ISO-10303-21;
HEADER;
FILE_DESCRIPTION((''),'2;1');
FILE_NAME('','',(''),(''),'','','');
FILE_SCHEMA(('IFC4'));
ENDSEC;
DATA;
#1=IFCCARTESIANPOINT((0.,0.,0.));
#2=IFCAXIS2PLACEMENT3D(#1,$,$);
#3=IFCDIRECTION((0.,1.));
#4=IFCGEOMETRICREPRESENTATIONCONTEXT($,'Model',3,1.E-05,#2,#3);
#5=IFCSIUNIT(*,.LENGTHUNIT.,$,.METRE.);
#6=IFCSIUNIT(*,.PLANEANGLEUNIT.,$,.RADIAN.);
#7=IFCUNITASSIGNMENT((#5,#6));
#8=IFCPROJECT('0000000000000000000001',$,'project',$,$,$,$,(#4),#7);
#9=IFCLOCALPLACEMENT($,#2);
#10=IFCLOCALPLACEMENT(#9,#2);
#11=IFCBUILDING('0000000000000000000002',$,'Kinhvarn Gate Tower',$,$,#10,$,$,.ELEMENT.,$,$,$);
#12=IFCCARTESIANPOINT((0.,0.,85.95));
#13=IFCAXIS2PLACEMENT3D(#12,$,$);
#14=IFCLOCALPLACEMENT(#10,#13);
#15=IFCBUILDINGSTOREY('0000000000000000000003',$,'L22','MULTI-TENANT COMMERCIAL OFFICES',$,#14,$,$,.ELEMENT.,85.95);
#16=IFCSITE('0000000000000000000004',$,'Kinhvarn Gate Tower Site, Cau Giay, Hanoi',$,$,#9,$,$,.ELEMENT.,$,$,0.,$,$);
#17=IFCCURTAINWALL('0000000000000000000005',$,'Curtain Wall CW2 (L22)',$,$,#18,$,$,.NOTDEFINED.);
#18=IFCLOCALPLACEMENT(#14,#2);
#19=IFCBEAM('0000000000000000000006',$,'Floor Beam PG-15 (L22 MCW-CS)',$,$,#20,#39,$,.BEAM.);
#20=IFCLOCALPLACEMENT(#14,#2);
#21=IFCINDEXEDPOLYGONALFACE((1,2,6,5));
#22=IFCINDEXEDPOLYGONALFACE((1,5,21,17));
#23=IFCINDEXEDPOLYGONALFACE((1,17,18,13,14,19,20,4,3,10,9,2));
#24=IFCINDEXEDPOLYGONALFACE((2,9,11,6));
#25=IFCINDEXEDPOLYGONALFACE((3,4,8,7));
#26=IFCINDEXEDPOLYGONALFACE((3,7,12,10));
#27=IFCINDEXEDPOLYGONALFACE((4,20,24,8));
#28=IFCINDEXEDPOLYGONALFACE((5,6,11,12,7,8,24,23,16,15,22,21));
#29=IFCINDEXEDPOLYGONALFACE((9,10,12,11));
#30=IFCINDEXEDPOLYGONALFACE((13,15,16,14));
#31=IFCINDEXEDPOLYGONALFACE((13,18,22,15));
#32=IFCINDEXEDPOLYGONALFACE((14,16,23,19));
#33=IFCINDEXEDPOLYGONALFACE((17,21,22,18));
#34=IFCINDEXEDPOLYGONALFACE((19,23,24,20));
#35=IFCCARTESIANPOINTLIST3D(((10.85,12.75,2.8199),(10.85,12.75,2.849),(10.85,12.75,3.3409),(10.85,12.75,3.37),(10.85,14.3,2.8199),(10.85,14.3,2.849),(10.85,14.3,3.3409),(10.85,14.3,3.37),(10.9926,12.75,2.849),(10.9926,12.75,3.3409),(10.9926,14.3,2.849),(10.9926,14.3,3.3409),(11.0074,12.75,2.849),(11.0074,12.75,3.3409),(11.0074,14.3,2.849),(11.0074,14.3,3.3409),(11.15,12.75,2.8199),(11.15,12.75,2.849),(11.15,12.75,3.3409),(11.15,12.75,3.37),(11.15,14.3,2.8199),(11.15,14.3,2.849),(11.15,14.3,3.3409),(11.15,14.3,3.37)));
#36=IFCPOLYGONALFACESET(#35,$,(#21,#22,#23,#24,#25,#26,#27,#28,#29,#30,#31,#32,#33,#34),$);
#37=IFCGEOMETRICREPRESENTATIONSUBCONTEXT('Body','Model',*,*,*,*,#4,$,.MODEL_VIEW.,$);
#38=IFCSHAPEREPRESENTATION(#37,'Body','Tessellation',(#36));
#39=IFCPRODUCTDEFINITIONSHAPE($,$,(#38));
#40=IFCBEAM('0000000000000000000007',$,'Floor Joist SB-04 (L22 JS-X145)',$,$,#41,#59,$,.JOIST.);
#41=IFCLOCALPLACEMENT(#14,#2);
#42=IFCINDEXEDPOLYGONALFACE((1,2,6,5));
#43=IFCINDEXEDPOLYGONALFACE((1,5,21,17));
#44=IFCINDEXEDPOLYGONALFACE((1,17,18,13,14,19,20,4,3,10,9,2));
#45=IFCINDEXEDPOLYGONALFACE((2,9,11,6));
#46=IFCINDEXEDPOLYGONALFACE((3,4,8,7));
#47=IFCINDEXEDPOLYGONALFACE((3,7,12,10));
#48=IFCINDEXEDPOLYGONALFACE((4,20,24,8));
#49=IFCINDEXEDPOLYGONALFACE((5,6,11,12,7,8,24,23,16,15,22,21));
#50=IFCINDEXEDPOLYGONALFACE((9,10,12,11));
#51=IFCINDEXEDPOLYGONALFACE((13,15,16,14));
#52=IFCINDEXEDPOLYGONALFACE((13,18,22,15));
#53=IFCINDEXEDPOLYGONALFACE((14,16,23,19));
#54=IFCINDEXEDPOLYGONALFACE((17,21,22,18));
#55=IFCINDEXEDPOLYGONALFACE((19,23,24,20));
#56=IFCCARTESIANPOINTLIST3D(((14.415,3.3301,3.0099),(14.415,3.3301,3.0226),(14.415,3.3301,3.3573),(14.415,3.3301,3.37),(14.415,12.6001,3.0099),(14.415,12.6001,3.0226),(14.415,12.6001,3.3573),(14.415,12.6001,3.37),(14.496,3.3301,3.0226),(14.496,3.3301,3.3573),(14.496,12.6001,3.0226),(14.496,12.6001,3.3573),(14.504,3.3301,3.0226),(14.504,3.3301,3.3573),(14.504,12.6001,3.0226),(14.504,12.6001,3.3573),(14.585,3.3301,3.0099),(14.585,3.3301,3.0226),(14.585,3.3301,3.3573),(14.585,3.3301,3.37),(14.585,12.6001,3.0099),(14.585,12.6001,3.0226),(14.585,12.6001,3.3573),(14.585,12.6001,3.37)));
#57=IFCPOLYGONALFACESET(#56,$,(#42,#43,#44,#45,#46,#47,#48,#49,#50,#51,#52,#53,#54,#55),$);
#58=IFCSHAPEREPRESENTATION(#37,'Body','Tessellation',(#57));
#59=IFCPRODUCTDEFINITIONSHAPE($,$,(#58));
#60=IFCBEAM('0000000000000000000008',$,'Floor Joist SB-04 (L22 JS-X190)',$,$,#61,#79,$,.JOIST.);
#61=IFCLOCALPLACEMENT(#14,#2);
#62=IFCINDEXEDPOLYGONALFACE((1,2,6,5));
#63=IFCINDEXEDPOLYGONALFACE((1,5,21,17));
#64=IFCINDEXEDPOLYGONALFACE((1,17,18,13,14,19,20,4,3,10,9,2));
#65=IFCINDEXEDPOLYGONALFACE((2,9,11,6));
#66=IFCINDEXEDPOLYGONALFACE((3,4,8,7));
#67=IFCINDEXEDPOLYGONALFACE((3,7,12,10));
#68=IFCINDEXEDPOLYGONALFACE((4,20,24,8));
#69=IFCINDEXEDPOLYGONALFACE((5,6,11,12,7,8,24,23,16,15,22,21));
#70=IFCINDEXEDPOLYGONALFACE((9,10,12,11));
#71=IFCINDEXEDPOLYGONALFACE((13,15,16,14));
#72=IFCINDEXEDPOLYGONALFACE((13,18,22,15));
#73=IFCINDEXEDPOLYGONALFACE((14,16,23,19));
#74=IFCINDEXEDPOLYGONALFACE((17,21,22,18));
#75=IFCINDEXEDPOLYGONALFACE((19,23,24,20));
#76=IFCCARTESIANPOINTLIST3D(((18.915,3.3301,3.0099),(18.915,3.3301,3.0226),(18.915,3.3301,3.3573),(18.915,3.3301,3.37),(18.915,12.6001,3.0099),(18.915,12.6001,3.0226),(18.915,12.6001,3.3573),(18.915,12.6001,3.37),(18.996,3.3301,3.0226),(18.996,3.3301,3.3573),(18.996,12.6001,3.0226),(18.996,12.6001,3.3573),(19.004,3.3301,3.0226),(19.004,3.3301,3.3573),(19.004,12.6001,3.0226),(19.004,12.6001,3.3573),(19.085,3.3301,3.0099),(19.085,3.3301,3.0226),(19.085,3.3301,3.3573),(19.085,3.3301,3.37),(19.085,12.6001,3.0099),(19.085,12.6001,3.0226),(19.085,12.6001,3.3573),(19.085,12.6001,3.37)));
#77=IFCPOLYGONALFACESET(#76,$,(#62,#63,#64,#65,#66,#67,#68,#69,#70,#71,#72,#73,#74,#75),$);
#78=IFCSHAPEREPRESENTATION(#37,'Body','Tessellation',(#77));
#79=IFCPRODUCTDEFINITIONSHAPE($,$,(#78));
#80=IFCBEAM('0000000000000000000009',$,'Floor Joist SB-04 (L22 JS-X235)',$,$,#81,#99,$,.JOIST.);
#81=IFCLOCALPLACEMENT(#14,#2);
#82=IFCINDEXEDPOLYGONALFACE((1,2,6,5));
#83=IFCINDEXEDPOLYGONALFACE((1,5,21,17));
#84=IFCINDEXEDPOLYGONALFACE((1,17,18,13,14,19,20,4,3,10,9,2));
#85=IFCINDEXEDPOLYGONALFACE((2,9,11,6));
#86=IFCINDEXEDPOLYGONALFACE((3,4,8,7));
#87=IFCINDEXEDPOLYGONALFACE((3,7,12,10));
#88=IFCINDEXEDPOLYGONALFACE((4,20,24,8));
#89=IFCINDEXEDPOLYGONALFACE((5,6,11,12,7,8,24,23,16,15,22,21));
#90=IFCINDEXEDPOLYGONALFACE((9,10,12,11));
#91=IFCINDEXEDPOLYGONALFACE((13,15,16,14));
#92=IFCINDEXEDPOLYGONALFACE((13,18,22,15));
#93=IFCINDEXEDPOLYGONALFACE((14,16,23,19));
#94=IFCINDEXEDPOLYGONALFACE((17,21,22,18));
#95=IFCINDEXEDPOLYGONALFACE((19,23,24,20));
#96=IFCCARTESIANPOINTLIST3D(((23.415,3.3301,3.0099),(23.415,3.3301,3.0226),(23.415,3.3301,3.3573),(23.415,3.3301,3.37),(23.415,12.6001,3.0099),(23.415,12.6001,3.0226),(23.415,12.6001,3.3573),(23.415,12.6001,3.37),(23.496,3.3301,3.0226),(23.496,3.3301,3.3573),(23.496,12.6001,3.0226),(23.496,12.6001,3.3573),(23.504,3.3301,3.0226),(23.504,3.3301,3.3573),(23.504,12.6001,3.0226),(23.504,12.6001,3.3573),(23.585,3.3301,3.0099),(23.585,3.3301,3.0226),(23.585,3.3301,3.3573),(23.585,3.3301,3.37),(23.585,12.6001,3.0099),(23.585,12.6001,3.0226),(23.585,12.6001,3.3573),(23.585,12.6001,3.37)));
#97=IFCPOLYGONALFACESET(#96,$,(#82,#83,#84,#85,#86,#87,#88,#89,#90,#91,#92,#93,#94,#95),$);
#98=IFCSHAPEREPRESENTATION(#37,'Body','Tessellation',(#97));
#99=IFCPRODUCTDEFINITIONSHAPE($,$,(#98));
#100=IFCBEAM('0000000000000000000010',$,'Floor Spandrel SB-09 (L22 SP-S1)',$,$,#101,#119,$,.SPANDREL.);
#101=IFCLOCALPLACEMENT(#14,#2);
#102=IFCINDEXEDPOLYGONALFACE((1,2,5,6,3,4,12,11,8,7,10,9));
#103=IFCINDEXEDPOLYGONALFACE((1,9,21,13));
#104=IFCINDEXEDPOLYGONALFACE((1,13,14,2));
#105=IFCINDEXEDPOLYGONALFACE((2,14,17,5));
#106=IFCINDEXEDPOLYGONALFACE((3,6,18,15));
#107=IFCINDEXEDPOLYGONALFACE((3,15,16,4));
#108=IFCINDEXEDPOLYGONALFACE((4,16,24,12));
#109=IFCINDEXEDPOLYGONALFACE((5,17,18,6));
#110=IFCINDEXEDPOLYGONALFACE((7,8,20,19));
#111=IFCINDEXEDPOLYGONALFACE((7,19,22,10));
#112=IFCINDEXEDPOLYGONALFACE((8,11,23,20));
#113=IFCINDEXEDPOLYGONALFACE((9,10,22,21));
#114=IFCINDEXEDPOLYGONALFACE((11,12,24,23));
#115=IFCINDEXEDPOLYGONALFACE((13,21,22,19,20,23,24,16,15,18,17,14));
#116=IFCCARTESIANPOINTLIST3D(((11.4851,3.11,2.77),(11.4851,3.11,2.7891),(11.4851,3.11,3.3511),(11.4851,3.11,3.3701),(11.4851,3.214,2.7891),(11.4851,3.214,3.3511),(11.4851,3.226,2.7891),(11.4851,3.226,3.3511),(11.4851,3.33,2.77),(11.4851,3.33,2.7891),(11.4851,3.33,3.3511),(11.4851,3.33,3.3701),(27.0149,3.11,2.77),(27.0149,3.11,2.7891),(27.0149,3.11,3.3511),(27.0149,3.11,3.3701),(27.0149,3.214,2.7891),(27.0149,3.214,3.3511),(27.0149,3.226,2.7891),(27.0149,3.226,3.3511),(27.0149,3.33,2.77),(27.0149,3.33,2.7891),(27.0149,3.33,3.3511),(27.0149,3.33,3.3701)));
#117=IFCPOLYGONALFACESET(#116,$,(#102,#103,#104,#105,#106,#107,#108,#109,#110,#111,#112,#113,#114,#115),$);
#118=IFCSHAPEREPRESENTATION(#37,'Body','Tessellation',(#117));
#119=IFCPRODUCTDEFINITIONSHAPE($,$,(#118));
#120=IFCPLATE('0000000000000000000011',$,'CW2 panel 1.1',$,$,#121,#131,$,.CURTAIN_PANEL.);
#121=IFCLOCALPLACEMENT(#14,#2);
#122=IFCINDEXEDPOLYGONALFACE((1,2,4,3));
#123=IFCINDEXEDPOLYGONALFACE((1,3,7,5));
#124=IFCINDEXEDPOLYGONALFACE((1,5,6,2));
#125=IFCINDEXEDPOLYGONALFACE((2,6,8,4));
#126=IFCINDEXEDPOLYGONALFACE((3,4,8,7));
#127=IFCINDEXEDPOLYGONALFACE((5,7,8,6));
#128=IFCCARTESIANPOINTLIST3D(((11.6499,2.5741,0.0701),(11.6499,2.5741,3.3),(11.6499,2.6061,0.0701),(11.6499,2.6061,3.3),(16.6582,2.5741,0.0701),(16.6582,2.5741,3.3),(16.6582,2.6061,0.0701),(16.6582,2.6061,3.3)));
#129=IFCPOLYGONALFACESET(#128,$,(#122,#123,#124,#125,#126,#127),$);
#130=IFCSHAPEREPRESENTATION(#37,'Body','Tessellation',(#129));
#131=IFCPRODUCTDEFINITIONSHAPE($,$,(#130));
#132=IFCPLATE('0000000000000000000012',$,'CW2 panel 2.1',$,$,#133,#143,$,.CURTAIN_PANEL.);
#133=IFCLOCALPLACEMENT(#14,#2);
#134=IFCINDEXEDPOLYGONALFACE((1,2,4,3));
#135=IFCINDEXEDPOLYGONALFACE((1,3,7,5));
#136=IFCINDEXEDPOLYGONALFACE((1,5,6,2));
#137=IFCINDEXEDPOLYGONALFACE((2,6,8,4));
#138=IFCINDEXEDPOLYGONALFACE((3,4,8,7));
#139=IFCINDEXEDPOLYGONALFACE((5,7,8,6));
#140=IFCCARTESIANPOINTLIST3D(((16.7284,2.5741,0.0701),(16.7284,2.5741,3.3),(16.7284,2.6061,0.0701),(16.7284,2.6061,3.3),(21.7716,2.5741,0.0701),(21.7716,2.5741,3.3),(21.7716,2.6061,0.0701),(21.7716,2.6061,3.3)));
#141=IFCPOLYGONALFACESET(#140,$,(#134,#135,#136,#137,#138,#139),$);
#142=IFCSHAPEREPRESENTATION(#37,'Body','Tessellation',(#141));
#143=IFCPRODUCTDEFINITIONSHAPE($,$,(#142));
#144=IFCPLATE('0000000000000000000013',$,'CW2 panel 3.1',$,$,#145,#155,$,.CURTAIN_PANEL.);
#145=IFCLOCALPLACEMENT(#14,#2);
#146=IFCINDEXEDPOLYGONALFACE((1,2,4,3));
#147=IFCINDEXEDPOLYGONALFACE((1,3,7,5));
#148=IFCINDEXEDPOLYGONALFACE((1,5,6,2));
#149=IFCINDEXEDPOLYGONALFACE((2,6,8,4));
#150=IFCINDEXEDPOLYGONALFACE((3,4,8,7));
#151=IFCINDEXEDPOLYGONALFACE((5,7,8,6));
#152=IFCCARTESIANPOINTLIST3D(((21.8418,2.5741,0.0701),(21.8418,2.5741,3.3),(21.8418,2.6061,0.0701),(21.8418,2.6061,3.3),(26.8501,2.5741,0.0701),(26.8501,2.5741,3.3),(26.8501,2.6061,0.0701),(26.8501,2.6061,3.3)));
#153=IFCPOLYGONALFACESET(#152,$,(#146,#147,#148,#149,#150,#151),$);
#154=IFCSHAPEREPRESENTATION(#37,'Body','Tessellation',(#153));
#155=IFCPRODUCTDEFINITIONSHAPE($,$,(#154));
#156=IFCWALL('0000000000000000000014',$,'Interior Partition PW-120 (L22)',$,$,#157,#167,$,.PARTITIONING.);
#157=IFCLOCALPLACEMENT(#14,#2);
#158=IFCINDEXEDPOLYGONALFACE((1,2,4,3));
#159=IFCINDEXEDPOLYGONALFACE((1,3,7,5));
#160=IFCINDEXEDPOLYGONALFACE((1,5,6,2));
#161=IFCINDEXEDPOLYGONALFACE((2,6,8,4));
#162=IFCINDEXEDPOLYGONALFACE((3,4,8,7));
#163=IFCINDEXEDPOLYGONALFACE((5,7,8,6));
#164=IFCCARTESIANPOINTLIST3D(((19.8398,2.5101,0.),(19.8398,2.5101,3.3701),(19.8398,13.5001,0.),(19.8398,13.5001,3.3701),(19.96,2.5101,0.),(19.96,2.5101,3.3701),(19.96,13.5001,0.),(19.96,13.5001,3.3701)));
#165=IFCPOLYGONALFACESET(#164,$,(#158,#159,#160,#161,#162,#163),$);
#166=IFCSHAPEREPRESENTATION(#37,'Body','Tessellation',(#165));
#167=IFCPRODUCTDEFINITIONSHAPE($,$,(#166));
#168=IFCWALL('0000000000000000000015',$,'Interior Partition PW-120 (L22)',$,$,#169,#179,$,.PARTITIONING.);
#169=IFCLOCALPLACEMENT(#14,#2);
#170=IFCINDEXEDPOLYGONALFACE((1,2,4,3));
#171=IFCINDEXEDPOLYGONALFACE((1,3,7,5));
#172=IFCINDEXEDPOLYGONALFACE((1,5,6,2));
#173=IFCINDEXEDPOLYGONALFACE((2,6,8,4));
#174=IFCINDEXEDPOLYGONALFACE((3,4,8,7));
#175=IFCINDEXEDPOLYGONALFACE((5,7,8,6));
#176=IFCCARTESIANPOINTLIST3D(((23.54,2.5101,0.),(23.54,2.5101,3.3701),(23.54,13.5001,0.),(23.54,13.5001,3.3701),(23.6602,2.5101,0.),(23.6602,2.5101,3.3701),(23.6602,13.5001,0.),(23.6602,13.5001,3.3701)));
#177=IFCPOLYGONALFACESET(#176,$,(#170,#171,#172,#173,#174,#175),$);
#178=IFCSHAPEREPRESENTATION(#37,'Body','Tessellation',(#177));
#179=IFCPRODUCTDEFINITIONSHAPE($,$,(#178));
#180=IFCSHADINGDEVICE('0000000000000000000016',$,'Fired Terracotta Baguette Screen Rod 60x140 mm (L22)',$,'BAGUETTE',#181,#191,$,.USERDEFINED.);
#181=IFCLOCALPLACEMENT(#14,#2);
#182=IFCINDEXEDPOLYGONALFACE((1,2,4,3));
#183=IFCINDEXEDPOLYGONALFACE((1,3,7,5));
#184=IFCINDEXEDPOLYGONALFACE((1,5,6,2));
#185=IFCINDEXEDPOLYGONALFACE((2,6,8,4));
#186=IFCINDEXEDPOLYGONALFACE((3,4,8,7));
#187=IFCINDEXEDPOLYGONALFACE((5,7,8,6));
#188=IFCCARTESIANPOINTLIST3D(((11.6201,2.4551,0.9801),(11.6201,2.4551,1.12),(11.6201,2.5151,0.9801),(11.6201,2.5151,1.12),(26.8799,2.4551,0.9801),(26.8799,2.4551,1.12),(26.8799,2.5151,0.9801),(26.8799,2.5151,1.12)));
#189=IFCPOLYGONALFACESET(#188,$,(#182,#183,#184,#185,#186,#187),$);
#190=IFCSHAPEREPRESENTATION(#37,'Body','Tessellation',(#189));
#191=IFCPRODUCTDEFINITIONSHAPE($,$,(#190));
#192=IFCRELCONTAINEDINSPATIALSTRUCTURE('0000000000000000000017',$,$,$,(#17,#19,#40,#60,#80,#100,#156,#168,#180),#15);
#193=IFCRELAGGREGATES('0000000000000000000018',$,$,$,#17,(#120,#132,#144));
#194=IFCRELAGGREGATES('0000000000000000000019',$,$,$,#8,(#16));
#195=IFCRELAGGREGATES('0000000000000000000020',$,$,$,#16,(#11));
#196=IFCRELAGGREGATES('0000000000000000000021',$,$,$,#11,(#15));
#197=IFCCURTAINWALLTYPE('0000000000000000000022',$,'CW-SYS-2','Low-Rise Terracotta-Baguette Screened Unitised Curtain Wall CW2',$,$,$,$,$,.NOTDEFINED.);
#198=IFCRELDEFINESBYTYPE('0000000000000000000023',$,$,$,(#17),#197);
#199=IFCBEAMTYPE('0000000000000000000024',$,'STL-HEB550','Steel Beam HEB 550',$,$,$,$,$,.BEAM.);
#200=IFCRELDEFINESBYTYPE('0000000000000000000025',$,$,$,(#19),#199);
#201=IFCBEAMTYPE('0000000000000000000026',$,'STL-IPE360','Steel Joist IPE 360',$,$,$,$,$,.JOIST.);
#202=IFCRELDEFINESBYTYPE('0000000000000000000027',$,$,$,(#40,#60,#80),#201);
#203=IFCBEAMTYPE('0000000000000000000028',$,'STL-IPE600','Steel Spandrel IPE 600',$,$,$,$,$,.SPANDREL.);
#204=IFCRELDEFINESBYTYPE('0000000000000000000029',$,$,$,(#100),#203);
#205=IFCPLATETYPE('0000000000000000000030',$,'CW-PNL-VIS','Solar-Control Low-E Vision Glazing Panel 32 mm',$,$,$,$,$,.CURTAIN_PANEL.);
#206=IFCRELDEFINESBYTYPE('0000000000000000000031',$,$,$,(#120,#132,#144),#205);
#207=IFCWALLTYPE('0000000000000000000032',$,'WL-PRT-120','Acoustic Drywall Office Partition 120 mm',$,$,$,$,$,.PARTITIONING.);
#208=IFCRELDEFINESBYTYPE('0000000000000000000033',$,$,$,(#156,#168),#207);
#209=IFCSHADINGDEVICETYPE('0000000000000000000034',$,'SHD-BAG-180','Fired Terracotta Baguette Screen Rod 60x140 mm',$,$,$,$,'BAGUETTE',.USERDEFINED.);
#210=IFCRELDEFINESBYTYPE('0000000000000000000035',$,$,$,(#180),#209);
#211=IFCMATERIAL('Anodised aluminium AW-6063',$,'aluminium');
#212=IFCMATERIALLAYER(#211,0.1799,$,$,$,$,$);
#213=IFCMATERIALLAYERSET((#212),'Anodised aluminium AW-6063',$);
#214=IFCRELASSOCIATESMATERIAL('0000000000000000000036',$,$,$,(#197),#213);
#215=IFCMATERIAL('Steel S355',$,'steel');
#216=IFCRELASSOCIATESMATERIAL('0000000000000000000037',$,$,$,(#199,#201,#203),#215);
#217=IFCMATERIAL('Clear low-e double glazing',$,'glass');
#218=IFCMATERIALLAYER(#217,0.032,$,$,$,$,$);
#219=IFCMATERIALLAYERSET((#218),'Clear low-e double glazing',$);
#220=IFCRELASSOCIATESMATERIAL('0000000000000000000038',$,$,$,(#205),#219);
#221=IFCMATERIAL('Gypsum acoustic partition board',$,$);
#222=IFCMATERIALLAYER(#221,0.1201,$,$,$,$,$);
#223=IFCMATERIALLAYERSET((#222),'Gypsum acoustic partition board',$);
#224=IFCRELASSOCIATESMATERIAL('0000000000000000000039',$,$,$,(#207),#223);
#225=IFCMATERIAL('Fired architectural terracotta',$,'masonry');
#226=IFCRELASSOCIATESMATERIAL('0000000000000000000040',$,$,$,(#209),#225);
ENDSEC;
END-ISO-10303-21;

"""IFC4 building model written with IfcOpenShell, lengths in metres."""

from ifc_helpers import new_model, si_unit, direction, frame, frame_2d, origin, origin_2d, place, context, subcontext, project, spatial, rectangle, i_section, extrude, material, layer, layer_set, material_profile, profile_set, type_object, element, aggregate, save


model = new_model("IFC4")

# Units and contexts
model_context = context("Model", 3, precision=1e-05, world=origin(), true_north=direction((0.0, 1.0)))
body_context = subcontext(model_context, "Body", "Model", "MODEL_VIEW")
ifc_project = project(units=[si_unit("LENGTHUNIT", "METRE"), si_unit("PLANEANGLEUNIT", "RADIAN")], contexts=[model_context])

# Site, building, storey
site_placement = place(None, origin())
site = spatial("IfcSite", under=ifc_project, at=site_placement, Name="Kinhvarn Gate Tower Site, Cau Giay, Hanoi", CompositionType="ELEMENT", RefElevation=0.0)
building_placement = place(site_placement, origin())
building = spatial("IfcBuilding", under=site, at=building_placement, Name="Kinhvarn Gate Tower", CompositionType="ELEMENT")
storey_placement = place(building_placement, frame((0.0, 0.0, 85.95)))
storey = spatial("IfcBuildingStorey", under=building, at=storey_placement, Name="L22", Description="MULTI-TENANT COMMERCIAL OFFICES", CompositionType="ELEMENT", Elevation=85.95)

# Shared definitions
ifc_material_1 = material(Name="Anodised aluminium AW-6063", Category="aluminium")
ifc_layer_1 = layer(ifc_material_1, 0.1799)
ifc_layer_set_1 = layer_set([ifc_layer_1], Name="Anodised aluminium AW-6063")
curtain_wall_type = type_object("IfcCurtainWallType", Name="CW-SYS-2", Description="Low-Rise Terracotta-Baguette Screened Unitised Curtain Wall CW2", PredefinedType="NOTDEFINED", material=ifc_layer_set_1)

# Curtain wall
curtain_wall_1_placement = place(storey_placement, origin())
curtain_wall_1 = element("IfcCurtainWall", 1, at=curtain_wall_1_placement, inside=storey, type_object=curtain_wall_type, Name="Curtain Wall CW2 (L22)", PredefinedType="NOTDEFINED")

# Beams
ifc_material_2 = material(Name="Steel S355", Category="steel")
ifc_material_profile_1 = material_profile(ifc_material_2, i_section(OverallWidth=0.3, OverallDepth=0.55, WebThickness=0.0149, FlangeThickness=0.0291, at=origin_2d()), Name="HEB 550")
ifc_profile_set_1 = profile_set([ifc_material_profile_1], Name="Steel S355")
beam_type_1 = type_object("IfcBeamType", Name="STL-HEB550", Description="Steel Beam HEB 550", PredefinedType="BEAM", material=ifc_profile_set_1)
beam_1_placement = place(storey_placement, frame((11.0, 12.75, 3.095), z_axis=(0.0, 1.0, 0.0), x_axis=(-1.0, 0.0, 0.0)))
element("IfcBeam", 2, at=beam_1_placement, inside=storey, type_object=beam_type_1, Name="Floor Beam PG-15 (L22 MCW-CS)", PredefinedType="BEAM", context=body_context, shape_type="SweptSolid", body=[
    extrude(i_section(OverallWidth=0.3, OverallDepth=0.55, WebThickness=0.0149, FlangeThickness=0.0291, at=origin_2d()), origin(), (0.0, 0.0, 1.0), 1.55),
])
ifc_material_profile_2 = material_profile(ifc_material_2, i_section(OverallWidth=0.1699, OverallDepth=0.3601, WebThickness=0.0081, FlangeThickness=0.0127, at=origin_2d()), Name="IPE 360")
ifc_profile_set_2 = profile_set([ifc_material_profile_2], Name="Steel S355")
beam_type_2 = type_object("IfcBeamType", Name="STL-IPE360", Description="Steel Joist IPE 360", PredefinedType="JOIST", material=ifc_profile_set_2)
for number, where, z_axis, x_axis, name in (
    (3, (14.5, 3.3301, 3.1899), (0.0, 1.0, 0.0), (-1.0, 0.0, 0.0), "Floor Joist SB-04 (L22 JS-X145)"),
    (4, (19.0, 3.3301, 3.1899), (0.0, 1.0, 0.0), (-1.0, 0.0, 0.0), "Floor Joist SB-04 (L22 JS-X190)"),
    (5, (23.5, 3.3301, 3.1899), (0.0, 1.0, 0.0), (-1.0, 0.0, 0.0), "Floor Joist SB-04 (L22 JS-X235)"),
):
    element("IfcBeam", number, at=place(storey_placement, frame(where, z_axis=z_axis, x_axis=x_axis)), inside=storey, type_object=beam_type_2, Name=name, PredefinedType="JOIST", context=body_context, shape_type="SweptSolid", body=[
        extrude(i_section(OverallWidth=0.1699, OverallDepth=0.3601, WebThickness=0.0081, FlangeThickness=0.0127, at=origin_2d()), origin(), (0.0, 0.0, 1.0), 9.27),
    ])
ifc_material_profile_3 = material_profile(ifc_material_2, i_section(OverallWidth=0.22, OverallDepth=0.6001, WebThickness=0.012, FlangeThickness=0.019, at=origin_2d()), Name="IPE 600")
ifc_profile_set_3 = profile_set([ifc_material_profile_3], Name="Steel S355")
beam_type_3 = type_object("IfcBeamType", Name="STL-IPE600", Description="Steel Spandrel IPE 600", PredefinedType="SPANDREL", material=ifc_profile_set_3)
beam_2_placement = place(storey_placement, frame((11.4851, 3.22, 3.0701), z_axis=(1.0, 0.0, 0.0), x_axis=(0.0, 1.0, 0.0)))
element("IfcBeam", 6, at=beam_2_placement, inside=storey, type_object=beam_type_3, Name="Floor Spandrel SB-09 (L22 SP-S1)", PredefinedType="SPANDREL", context=body_context, shape_type="SweptSolid", body=[
    extrude(i_section(OverallWidth=0.22, OverallDepth=0.6001, WebThickness=0.012, FlangeThickness=0.019, at=origin_2d()), origin(), (0.0, 0.0, 1.0), 15.5298),
])

# Plates
ifc_material_3 = material(Name="Clear low-e double glazing", Category="glass")
ifc_layer_2 = layer(ifc_material_3, 0.032)
ifc_layer_set_2 = layer_set([ifc_layer_2], Name="Clear low-e double glazing")
plate_type = type_object("IfcPlateType", Name="CW-PNL-VIS", Description="Solar-Control Low-E Vision Glazing Panel 32 mm", PredefinedType="CURTAIN_PANEL", material=ifc_layer_set_2)
plate_1_placement = place(storey_placement, frame((14.1541, 2.5901, 0.0701), z_axis=(0.0, 0.0, 1.0), x_axis=(1.0, 0.0, 0.0)))
plate_1 = element("IfcPlate", 7, at=plate_1_placement, type_object=plate_type, Name="CW2 panel 1.1", PredefinedType="CURTAIN_PANEL", context=body_context, shape_type="SweptSolid", body=[
    extrude(rectangle(XDim=5.0083, YDim=0.032, at=origin_2d()), origin(), (0.0, 0.0, 1.0), 3.23),
])
plate_2_placement = place(storey_placement, frame((19.25, 2.5901, 0.0701), z_axis=(0.0, 0.0, 1.0), x_axis=(1.0, 0.0, 0.0)))
plate_2 = element("IfcPlate", 8, at=plate_2_placement, type_object=plate_type, Name="CW2 panel 2.1", PredefinedType="CURTAIN_PANEL", context=body_context, shape_type="SweptSolid", body=[
    extrude(rectangle(XDim=5.0432, YDim=0.032, at=origin_2d()), origin(), (0.0, 0.0, 1.0), 3.23),
])
plate_3_placement = place(storey_placement, frame((24.3459, 2.5901, 0.0701), z_axis=(0.0, 0.0, 1.0), x_axis=(1.0, 0.0, 0.0)))
plate_3 = element("IfcPlate", 9, at=plate_3_placement, type_object=plate_type, Name="CW2 panel 3.1", PredefinedType="CURTAIN_PANEL", context=body_context, shape_type="SweptSolid", body=[
    extrude(rectangle(XDim=5.0083, YDim=0.032, at=origin_2d()), origin(), (0.0, 0.0, 1.0), 3.23),
])
aggregate(curtain_wall_1, [plate_1, plate_2, plate_3])

# Walls
ifc_material_4 = material(Name="Gypsum acoustic partition board")
ifc_layer_3 = layer(ifc_material_4, 0.1201)
ifc_layer_set_3 = layer_set([ifc_layer_3], Name="Gypsum acoustic partition board")
wall_type = type_object("IfcWallType", Name="WL-PRT-120", Description="Acoustic Drywall Office Partition 120 mm", PredefinedType="PARTITIONING", material=ifc_layer_set_3)
for number, where, z_axis, x_axis, name in (
    (10, (19.8999, 2.51, 0.0), (0.0, 0.0, 1.0), (0.0, 1.0, 0.0), "Interior Partition PW-120 (L22)"),
    (11, (23.6001, 2.51, 0.0), (0.0, 0.0, 1.0), (0.0, 1.0, 0.0), "Interior Partition PW-120 (L22)"),
):
    element("IfcWall", number, at=place(storey_placement, frame(where, z_axis=z_axis, x_axis=x_axis)), inside=storey, type_object=wall_type, Name=name, PredefinedType="PARTITIONING", context=body_context, shape_type="SweptSolid", body=[
        extrude(rectangle(XDim=10.99, YDim=0.1201, at=frame_2d((5.4951, 0.0))), origin(), (0.0, 0.0, 1.0), 3.3701),
    ])

# Shading device
ifc_material_5 = material(Name="Fired architectural terracotta", Category="masonry")
ifc_material_profile_4 = material_profile(ifc_material_5, rectangle(XDim=0.0601, YDim=0.1399, at=origin_2d()), Name="TC 60x140")
ifc_profile_set_4 = profile_set([ifc_material_profile_4], Name="Fired architectural terracotta")
shading_device_type = type_object("IfcShadingDeviceType", Name="SHD-BAG-180", Description="Fired Terracotta Baguette Screen Rod 60x140 mm", ElementType="BAGUETTE", PredefinedType="USERDEFINED", material=ifc_profile_set_4)
for number, where, z_axis, x_axis, name in (
    (12, (11.6201, 2.4851, 1.05), (1.0, 0.0, 0.0), (0.0, 1.0, 0.0), "Fired Terracotta Baguette Screen Rod 60x140 mm (L22)"),
):
    element("IfcShadingDevice", number, at=place(storey_placement, frame(where, z_axis=z_axis, x_axis=x_axis)), inside=storey, type_object=shading_device_type, Name=name, ObjectType="BAGUETTE", PredefinedType="USERDEFINED", context=body_context, shape_type="SweptSolid", body=[
        extrude(rectangle(XDim=0.0601, YDim=0.1399, at=origin_2d()), origin(), (0.0, 0.0, 1.0), 15.2598),
    ])

save(model, "model.ifc")
